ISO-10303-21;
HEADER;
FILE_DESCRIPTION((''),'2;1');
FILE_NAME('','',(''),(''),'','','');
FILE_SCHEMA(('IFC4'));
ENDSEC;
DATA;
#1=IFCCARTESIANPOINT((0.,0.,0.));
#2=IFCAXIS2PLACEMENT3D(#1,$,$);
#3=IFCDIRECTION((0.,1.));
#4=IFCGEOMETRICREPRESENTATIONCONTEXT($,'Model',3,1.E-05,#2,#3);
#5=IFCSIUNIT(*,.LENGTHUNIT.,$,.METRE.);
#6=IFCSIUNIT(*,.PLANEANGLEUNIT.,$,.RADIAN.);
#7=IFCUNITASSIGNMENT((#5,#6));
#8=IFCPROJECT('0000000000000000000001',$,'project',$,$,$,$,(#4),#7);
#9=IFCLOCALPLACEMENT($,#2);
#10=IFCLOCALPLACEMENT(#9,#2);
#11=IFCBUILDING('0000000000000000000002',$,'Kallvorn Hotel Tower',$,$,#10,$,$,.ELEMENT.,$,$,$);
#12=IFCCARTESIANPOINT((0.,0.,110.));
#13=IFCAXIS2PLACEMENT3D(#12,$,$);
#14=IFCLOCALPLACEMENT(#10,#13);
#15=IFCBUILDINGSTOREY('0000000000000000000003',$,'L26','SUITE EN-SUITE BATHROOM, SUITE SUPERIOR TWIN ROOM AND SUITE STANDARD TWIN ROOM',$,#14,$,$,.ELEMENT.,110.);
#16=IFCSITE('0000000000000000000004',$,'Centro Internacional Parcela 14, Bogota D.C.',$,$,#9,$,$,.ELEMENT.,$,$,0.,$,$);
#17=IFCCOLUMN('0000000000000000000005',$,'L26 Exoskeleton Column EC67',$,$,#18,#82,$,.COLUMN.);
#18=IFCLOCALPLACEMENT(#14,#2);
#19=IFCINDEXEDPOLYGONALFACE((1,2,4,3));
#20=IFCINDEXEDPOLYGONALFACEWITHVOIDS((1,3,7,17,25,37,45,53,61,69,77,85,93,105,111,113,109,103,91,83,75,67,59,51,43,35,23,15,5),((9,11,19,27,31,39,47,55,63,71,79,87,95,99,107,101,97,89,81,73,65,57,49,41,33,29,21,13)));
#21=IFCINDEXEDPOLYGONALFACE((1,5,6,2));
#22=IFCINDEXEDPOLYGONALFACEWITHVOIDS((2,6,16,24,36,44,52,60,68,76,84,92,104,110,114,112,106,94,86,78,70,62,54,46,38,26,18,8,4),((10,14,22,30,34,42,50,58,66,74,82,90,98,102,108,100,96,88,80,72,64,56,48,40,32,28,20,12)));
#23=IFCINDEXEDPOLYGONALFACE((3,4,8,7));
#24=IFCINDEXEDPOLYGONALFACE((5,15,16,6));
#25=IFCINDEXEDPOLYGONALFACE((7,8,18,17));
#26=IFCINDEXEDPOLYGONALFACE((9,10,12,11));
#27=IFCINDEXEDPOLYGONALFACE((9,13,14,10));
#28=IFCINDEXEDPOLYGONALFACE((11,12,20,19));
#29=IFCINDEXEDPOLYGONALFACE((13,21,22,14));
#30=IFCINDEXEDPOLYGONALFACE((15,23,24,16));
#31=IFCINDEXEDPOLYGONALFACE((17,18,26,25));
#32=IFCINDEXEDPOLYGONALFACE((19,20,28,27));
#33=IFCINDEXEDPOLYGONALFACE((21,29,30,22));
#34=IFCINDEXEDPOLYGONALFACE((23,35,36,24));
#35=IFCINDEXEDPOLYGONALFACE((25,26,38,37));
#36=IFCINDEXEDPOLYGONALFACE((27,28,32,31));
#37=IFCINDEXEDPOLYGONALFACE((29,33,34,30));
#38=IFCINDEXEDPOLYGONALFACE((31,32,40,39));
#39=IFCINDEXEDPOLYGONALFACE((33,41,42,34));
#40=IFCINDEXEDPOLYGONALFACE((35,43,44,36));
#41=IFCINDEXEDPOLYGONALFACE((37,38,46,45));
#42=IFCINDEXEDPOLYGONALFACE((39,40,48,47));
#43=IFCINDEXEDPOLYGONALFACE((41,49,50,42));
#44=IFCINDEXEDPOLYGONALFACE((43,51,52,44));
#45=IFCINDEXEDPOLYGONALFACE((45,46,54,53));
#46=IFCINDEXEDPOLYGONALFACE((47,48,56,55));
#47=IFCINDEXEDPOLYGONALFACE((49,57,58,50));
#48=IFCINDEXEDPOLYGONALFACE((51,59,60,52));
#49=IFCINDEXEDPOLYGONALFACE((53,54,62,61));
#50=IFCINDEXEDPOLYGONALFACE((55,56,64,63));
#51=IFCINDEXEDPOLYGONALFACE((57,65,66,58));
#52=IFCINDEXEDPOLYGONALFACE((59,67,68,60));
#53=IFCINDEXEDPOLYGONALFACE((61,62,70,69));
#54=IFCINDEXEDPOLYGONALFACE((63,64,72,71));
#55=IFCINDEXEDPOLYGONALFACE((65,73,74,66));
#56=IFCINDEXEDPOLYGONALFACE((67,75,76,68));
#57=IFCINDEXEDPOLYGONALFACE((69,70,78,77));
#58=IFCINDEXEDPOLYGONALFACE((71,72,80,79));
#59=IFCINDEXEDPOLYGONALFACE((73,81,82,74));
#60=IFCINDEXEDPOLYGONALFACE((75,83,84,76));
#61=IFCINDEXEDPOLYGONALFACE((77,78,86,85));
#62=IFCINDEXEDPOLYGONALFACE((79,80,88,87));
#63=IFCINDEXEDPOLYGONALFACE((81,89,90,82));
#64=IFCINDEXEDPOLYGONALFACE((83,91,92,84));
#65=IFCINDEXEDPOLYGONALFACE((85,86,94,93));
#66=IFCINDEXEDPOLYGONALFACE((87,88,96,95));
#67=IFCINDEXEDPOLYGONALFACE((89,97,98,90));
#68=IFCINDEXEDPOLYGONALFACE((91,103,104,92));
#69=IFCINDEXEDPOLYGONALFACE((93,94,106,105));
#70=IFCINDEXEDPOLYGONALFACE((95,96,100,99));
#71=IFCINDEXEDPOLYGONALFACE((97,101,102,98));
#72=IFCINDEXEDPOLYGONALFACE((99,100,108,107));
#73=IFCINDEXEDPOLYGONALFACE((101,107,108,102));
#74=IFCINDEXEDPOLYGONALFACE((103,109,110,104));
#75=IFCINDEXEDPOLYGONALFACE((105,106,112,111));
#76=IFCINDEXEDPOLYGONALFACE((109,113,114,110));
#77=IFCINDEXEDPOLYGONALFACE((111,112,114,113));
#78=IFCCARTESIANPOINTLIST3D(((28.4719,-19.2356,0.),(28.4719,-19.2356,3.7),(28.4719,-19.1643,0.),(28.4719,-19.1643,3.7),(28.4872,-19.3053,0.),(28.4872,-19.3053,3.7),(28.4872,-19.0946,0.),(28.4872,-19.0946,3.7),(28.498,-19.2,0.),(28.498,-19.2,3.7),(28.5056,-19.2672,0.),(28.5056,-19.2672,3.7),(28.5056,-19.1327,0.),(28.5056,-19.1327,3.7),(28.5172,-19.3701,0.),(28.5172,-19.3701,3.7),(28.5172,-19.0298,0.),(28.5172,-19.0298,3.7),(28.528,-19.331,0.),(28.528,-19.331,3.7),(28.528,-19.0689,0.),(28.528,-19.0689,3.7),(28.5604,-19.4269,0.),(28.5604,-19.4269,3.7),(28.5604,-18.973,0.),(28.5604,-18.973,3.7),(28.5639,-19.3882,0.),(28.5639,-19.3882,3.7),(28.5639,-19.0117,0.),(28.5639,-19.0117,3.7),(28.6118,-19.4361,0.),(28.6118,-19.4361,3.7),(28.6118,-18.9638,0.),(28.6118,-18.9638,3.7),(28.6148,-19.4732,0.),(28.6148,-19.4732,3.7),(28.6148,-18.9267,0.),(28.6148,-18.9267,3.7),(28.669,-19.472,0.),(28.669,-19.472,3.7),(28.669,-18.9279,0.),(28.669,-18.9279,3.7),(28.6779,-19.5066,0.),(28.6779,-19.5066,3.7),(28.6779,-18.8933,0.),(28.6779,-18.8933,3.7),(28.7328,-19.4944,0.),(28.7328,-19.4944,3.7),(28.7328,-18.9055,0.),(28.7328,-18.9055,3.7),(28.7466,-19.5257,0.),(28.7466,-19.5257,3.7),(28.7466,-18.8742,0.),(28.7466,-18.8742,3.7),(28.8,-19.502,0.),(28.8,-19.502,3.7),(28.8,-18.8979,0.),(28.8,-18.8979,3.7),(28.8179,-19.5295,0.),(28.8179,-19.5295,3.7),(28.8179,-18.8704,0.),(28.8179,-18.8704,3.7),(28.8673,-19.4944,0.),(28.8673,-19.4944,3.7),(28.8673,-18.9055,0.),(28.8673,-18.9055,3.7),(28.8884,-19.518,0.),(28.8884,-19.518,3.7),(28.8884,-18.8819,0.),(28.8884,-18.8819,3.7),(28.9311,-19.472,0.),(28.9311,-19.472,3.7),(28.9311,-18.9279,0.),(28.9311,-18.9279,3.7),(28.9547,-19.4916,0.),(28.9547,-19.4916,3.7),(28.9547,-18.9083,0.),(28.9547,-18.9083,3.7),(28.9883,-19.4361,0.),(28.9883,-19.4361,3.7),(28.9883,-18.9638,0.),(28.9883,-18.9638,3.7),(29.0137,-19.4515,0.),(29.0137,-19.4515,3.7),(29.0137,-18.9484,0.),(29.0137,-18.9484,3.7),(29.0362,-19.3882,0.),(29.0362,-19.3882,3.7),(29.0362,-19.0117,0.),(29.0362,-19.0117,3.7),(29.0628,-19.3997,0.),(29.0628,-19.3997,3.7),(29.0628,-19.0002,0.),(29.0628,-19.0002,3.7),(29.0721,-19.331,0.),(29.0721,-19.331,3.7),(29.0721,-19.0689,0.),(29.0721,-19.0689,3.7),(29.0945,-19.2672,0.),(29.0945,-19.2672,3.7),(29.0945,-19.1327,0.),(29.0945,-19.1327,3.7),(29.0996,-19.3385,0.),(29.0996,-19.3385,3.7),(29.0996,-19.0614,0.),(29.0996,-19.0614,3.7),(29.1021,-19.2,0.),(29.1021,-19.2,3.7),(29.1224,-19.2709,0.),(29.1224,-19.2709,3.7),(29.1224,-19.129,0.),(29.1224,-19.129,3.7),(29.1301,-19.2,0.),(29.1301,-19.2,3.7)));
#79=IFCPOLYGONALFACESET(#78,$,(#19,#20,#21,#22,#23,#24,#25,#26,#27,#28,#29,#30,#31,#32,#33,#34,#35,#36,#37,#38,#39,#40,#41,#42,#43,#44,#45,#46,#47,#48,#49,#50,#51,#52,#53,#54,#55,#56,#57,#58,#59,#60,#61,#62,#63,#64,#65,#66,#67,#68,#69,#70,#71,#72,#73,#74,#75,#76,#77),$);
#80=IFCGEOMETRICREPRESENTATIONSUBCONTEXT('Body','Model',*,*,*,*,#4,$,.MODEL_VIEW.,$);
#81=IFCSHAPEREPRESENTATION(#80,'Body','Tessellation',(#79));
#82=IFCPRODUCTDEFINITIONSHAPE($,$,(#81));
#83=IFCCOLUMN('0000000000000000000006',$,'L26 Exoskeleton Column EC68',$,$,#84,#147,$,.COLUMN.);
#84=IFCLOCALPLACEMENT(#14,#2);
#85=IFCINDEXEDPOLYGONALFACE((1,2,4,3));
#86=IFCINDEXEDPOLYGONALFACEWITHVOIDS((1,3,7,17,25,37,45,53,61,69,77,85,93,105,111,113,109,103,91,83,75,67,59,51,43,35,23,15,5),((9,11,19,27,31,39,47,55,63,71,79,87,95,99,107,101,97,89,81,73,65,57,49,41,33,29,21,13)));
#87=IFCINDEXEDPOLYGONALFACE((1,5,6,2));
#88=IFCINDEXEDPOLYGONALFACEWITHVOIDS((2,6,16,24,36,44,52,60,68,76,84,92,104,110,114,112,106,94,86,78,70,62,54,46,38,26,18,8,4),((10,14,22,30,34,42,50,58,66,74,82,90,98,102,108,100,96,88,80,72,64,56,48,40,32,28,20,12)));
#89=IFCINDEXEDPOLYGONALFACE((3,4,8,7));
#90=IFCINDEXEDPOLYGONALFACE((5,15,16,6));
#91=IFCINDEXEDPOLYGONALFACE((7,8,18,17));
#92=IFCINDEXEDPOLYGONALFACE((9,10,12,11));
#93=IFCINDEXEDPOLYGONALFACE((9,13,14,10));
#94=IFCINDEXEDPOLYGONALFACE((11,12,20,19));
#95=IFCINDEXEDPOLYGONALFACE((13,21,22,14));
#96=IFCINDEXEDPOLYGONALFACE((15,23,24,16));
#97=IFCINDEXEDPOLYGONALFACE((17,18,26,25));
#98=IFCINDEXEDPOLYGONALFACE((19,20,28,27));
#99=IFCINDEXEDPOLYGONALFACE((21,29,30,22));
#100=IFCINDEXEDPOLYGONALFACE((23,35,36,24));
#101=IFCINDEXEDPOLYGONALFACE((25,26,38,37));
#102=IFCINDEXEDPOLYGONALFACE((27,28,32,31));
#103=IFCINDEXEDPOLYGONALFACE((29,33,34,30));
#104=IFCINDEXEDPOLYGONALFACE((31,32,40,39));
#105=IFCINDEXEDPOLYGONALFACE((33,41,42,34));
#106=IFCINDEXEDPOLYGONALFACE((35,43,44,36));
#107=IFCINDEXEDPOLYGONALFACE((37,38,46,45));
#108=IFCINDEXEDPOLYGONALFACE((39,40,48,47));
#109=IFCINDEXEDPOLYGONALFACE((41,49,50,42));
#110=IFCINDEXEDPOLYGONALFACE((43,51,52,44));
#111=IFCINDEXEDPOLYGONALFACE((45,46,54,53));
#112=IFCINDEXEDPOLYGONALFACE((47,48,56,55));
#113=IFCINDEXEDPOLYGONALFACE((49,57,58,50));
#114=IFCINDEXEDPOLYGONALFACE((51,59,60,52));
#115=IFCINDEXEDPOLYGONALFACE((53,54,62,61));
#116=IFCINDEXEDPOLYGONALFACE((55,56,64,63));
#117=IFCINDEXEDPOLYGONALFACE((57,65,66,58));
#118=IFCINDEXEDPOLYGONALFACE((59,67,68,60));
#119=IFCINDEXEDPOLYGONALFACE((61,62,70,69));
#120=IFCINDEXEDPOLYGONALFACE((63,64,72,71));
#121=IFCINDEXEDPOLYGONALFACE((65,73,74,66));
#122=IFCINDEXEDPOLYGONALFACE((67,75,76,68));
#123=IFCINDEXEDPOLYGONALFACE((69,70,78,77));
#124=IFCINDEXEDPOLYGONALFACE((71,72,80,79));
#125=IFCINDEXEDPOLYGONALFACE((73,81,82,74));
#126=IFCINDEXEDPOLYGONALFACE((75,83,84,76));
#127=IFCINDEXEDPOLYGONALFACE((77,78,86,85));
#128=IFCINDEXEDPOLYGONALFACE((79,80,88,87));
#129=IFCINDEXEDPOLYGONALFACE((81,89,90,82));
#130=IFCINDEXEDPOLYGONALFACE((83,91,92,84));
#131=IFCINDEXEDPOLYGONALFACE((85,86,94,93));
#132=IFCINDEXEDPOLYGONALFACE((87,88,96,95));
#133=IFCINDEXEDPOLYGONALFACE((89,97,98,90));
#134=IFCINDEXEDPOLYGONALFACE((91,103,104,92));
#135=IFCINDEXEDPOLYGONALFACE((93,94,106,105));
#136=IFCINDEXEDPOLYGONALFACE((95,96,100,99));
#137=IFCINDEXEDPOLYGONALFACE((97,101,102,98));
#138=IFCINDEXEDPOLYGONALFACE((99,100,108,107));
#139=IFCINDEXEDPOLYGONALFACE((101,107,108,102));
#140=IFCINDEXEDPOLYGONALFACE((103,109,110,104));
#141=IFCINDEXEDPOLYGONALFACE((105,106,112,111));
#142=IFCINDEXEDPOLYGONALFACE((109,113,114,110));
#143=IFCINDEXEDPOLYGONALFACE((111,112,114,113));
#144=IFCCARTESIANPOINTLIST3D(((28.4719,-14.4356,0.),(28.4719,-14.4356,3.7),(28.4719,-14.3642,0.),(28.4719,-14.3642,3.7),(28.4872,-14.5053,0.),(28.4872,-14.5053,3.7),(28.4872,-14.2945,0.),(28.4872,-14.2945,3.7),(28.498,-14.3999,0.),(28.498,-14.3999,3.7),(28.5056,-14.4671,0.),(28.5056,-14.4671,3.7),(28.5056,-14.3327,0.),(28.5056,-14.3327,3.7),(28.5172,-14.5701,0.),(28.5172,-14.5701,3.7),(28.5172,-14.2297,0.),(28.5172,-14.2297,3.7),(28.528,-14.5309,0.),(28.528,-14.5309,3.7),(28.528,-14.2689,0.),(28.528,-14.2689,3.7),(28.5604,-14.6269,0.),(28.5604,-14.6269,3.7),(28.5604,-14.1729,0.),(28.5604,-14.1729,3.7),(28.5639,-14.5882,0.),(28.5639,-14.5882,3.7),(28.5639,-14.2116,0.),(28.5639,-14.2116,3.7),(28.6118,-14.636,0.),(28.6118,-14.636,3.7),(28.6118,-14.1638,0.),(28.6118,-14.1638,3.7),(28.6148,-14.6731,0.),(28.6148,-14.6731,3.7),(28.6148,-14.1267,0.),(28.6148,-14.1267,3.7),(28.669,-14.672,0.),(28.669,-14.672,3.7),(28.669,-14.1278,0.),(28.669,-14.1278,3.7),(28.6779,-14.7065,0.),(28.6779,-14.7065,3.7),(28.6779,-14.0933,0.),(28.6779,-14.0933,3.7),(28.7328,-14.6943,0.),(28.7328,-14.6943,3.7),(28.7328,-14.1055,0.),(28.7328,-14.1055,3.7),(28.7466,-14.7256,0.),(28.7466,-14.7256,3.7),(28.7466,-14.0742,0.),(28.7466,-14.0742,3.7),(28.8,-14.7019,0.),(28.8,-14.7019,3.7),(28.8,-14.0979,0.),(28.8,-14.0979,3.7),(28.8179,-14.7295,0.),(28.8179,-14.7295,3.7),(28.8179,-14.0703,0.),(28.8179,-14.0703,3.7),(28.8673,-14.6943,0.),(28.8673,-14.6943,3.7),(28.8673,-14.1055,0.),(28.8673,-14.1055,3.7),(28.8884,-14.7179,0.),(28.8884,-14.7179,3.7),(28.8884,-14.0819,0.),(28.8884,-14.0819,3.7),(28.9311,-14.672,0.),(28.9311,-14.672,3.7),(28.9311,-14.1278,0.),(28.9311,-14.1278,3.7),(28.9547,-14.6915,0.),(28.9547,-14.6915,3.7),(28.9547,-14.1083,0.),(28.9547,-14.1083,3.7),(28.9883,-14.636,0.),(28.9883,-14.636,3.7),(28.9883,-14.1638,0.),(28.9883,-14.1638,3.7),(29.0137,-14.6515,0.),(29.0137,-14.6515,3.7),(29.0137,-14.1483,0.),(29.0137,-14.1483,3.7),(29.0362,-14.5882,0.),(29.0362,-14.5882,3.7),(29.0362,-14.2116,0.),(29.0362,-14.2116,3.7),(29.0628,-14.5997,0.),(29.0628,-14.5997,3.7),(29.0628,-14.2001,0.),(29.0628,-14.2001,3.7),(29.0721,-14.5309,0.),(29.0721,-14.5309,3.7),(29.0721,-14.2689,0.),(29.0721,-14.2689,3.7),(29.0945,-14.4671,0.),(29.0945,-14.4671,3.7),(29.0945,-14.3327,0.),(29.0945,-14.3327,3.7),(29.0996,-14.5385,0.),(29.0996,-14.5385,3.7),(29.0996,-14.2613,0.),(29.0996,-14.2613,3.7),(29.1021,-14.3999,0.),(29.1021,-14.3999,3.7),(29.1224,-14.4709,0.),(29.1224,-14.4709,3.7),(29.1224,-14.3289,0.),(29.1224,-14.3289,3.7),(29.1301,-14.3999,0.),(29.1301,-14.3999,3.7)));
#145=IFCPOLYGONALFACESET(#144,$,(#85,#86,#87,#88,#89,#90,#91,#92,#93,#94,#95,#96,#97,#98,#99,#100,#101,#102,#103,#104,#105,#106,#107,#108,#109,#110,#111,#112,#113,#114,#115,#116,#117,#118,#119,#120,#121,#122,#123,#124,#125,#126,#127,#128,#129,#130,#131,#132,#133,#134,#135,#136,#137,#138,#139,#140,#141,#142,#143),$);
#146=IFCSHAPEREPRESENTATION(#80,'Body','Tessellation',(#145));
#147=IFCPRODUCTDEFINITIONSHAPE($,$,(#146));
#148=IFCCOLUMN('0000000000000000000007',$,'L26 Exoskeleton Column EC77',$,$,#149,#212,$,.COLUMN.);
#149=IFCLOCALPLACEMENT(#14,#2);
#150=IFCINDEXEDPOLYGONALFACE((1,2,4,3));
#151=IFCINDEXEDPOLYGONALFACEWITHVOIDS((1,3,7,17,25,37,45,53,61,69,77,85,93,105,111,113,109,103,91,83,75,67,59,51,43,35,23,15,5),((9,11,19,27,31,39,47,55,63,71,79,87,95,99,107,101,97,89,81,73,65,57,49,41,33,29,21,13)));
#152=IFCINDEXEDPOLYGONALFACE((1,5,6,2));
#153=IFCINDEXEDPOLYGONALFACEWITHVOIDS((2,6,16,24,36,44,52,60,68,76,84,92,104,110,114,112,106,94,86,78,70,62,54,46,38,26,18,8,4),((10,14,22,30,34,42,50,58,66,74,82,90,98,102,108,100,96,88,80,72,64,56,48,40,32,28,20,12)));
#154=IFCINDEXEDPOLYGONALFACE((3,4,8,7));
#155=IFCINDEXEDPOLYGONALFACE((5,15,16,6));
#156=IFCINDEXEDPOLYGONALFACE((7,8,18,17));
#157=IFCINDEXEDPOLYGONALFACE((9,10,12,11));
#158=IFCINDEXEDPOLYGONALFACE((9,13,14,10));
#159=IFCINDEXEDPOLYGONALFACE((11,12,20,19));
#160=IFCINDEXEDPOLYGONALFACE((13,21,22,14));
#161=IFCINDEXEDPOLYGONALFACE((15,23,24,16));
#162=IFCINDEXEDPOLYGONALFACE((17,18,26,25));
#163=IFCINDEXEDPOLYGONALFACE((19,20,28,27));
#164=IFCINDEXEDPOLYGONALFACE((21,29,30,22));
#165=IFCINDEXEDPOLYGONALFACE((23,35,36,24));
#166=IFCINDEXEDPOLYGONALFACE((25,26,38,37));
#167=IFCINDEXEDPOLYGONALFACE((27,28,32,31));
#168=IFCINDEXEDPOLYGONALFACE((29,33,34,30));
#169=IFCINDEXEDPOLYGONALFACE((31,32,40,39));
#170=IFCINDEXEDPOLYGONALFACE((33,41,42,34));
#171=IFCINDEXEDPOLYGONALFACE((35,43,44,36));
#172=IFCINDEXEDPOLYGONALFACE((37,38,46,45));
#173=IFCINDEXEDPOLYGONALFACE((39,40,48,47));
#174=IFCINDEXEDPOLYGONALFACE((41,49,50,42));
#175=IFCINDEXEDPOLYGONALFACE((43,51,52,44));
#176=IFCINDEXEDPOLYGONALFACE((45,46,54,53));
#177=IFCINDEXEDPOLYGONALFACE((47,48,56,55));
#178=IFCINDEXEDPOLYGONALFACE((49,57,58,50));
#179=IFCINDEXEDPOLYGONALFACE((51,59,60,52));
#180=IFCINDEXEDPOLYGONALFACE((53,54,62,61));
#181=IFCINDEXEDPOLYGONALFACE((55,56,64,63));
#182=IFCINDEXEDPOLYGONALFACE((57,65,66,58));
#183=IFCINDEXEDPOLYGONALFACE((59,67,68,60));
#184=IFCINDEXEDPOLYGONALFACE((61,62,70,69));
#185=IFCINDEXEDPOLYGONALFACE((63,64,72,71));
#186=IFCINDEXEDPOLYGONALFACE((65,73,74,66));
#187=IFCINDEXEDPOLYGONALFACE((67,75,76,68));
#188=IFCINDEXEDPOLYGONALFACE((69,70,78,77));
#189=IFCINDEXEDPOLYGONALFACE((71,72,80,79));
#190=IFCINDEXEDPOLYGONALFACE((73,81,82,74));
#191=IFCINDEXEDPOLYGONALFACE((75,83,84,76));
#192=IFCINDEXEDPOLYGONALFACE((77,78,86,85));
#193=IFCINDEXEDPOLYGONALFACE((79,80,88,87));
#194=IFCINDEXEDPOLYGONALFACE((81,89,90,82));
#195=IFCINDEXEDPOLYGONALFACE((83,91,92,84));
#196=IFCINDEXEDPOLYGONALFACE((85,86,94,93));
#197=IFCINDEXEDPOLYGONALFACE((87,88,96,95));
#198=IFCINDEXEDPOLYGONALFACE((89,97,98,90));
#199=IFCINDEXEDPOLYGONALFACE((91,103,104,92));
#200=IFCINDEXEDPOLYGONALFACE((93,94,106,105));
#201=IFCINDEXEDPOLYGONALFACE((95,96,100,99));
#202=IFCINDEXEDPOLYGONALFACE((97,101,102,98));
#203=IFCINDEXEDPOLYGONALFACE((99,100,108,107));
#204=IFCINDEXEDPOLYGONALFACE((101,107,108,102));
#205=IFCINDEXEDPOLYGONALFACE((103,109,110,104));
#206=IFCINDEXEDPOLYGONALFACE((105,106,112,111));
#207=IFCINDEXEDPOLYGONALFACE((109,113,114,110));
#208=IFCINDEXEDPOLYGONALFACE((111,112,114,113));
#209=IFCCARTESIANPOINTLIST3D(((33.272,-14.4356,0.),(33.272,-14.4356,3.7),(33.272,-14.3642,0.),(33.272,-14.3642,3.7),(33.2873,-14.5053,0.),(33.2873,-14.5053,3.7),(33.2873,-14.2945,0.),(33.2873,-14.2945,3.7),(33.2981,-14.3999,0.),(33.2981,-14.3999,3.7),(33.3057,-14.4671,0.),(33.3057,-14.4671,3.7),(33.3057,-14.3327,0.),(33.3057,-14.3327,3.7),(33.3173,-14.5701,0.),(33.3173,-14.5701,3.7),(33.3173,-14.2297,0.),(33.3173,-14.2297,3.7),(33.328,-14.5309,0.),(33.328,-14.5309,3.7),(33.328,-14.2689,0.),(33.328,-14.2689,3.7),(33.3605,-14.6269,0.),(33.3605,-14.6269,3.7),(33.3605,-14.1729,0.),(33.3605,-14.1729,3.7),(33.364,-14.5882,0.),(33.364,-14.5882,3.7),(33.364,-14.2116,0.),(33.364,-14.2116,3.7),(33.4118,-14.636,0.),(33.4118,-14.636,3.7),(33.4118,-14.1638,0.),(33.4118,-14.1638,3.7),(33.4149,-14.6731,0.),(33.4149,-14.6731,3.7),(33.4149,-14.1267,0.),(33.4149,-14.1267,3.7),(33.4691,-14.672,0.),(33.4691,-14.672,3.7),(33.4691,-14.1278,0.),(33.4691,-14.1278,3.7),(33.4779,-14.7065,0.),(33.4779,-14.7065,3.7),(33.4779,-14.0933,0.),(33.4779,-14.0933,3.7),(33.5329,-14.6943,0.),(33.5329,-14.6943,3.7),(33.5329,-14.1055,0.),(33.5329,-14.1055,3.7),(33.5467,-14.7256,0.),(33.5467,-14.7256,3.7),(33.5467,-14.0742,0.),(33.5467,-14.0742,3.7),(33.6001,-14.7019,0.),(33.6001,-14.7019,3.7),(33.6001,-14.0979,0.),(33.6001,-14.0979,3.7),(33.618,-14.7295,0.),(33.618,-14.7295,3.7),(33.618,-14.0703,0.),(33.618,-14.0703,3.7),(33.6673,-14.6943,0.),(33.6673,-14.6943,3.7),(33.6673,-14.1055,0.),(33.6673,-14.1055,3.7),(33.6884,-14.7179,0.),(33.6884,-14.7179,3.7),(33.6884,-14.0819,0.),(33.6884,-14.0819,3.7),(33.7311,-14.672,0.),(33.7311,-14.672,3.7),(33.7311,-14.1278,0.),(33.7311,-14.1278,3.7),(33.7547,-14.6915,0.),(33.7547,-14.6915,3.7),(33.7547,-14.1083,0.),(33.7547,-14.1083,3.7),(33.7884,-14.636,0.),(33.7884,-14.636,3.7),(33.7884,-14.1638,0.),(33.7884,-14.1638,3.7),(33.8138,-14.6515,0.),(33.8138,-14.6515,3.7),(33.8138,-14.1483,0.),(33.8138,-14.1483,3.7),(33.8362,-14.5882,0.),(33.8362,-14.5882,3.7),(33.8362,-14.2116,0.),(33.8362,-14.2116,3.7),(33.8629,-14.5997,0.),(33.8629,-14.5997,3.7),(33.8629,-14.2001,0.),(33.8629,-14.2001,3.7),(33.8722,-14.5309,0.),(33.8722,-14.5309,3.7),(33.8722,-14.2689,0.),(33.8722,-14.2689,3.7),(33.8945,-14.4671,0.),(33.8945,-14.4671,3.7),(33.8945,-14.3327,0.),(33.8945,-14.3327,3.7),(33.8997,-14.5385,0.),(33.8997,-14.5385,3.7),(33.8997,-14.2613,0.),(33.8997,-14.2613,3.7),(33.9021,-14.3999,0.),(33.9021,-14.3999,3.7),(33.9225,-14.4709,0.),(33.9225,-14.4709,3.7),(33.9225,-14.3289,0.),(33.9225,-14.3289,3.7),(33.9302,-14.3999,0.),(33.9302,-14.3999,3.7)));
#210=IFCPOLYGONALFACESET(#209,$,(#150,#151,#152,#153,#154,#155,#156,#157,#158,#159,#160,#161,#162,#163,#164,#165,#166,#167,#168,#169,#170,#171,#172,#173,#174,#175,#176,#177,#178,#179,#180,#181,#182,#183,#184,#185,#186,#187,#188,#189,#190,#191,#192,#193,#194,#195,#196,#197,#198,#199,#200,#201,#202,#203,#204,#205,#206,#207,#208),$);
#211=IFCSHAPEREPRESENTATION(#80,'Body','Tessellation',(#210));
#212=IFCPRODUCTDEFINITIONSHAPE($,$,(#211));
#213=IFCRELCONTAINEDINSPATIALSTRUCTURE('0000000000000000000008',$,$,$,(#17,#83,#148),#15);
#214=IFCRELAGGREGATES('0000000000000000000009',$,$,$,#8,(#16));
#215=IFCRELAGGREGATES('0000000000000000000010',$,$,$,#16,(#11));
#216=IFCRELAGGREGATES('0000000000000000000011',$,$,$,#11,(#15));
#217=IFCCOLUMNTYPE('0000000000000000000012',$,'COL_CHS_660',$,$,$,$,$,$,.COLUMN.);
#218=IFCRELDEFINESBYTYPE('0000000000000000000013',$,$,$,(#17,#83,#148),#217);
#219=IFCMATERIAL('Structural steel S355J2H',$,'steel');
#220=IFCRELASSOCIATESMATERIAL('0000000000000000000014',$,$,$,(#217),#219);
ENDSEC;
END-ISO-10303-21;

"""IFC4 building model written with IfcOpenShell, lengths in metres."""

from ifc_helpers import new_model, si_unit, direction, frame, origin, origin_2d, place, context, subcontext, project, spatial, hollow_circle, extrude, material, material_profile, profile_set, type_object, element, save


model = new_model("IFC4")

# Units and contexts
model_context = context("Model", 3, precision=1e-05, world=origin(), true_north=direction((0.0, 1.0)))
body_context = subcontext(model_context, "Body", "Model", "MODEL_VIEW")
ifc_project = project(units=[si_unit("LENGTHUNIT", "METRE"), si_unit("PLANEANGLEUNIT", "RADIAN")], contexts=[model_context])

# Site, building, storey
site_placement = place(None, origin())
site = spatial("IfcSite", under=ifc_project, at=site_placement, Name="Centro Internacional Parcela 14, Bogota D.C.", CompositionType="ELEMENT", RefElevation=0.0)
building_placement = place(site_placement, origin())
building = spatial("IfcBuilding", under=site, at=building_placement, Name="Kallvorn Hotel Tower", CompositionType="ELEMENT")
storey_placement = place(building_placement, frame((0.0, 0.0, 110.0)))
storey = spatial("IfcBuildingStorey", under=building, at=storey_placement, Name="L26", Description="SUITE EN-SUITE BATHROOM, SUITE SUPERIOR TWIN ROOM AND SUITE STANDARD TWIN ROOM", CompositionType="ELEMENT", Elevation=110.0)

# Columns
ifc_material_1 = material(Name="Structural steel S355J2H", Category="steel")
ifc_material_profile_1 = material_profile(ifc_material_1, hollow_circle(Radius=0.3301, WallThickness=0.0281, at=origin_2d()), Name="CHS 660x28")
ifc_profile_set_1 = profile_set([ifc_material_profile_1], Name="Structural steel S355J2H")
column_type_1 = type_object("IfcColumnType", Name="COL_CHS_660", PredefinedType="COLUMN", material=ifc_profile_set_1)
for number, where, z_axis, x_axis, name in (
    (1, (28.8, -19.2, 0.0), (0.0, 0.0, 1.0), (1.0, 0.0, 0.0), "L26 Exoskeleton Column EC67"),
    (2, (28.8, -14.3999, 0.0), (0.0, 0.0, 1.0), (1.0, 0.0, 0.0), "L26 Exoskeleton Column EC68"),
    (3, (33.6001, -14.3999, 0.0), (0.0, 0.0, 1.0), (1.0, 0.0, 0.0), "L26 Exoskeleton Column EC77"),
):
    element("IfcColumn", number, at=place(storey_placement, frame(where, z_axis=z_axis, x_axis=x_axis)), inside=storey, type_object=column_type_1, Name=name, PredefinedType="COLUMN", context=body_context, shape_type="SweptSolid", body=[
        extrude(hollow_circle(Radius=0.3301, WallThickness=0.0281, at=origin_2d()), origin(), (0.0, 0.0, 1.0), 3.7),
    ])

save(model, "model.ifc")
